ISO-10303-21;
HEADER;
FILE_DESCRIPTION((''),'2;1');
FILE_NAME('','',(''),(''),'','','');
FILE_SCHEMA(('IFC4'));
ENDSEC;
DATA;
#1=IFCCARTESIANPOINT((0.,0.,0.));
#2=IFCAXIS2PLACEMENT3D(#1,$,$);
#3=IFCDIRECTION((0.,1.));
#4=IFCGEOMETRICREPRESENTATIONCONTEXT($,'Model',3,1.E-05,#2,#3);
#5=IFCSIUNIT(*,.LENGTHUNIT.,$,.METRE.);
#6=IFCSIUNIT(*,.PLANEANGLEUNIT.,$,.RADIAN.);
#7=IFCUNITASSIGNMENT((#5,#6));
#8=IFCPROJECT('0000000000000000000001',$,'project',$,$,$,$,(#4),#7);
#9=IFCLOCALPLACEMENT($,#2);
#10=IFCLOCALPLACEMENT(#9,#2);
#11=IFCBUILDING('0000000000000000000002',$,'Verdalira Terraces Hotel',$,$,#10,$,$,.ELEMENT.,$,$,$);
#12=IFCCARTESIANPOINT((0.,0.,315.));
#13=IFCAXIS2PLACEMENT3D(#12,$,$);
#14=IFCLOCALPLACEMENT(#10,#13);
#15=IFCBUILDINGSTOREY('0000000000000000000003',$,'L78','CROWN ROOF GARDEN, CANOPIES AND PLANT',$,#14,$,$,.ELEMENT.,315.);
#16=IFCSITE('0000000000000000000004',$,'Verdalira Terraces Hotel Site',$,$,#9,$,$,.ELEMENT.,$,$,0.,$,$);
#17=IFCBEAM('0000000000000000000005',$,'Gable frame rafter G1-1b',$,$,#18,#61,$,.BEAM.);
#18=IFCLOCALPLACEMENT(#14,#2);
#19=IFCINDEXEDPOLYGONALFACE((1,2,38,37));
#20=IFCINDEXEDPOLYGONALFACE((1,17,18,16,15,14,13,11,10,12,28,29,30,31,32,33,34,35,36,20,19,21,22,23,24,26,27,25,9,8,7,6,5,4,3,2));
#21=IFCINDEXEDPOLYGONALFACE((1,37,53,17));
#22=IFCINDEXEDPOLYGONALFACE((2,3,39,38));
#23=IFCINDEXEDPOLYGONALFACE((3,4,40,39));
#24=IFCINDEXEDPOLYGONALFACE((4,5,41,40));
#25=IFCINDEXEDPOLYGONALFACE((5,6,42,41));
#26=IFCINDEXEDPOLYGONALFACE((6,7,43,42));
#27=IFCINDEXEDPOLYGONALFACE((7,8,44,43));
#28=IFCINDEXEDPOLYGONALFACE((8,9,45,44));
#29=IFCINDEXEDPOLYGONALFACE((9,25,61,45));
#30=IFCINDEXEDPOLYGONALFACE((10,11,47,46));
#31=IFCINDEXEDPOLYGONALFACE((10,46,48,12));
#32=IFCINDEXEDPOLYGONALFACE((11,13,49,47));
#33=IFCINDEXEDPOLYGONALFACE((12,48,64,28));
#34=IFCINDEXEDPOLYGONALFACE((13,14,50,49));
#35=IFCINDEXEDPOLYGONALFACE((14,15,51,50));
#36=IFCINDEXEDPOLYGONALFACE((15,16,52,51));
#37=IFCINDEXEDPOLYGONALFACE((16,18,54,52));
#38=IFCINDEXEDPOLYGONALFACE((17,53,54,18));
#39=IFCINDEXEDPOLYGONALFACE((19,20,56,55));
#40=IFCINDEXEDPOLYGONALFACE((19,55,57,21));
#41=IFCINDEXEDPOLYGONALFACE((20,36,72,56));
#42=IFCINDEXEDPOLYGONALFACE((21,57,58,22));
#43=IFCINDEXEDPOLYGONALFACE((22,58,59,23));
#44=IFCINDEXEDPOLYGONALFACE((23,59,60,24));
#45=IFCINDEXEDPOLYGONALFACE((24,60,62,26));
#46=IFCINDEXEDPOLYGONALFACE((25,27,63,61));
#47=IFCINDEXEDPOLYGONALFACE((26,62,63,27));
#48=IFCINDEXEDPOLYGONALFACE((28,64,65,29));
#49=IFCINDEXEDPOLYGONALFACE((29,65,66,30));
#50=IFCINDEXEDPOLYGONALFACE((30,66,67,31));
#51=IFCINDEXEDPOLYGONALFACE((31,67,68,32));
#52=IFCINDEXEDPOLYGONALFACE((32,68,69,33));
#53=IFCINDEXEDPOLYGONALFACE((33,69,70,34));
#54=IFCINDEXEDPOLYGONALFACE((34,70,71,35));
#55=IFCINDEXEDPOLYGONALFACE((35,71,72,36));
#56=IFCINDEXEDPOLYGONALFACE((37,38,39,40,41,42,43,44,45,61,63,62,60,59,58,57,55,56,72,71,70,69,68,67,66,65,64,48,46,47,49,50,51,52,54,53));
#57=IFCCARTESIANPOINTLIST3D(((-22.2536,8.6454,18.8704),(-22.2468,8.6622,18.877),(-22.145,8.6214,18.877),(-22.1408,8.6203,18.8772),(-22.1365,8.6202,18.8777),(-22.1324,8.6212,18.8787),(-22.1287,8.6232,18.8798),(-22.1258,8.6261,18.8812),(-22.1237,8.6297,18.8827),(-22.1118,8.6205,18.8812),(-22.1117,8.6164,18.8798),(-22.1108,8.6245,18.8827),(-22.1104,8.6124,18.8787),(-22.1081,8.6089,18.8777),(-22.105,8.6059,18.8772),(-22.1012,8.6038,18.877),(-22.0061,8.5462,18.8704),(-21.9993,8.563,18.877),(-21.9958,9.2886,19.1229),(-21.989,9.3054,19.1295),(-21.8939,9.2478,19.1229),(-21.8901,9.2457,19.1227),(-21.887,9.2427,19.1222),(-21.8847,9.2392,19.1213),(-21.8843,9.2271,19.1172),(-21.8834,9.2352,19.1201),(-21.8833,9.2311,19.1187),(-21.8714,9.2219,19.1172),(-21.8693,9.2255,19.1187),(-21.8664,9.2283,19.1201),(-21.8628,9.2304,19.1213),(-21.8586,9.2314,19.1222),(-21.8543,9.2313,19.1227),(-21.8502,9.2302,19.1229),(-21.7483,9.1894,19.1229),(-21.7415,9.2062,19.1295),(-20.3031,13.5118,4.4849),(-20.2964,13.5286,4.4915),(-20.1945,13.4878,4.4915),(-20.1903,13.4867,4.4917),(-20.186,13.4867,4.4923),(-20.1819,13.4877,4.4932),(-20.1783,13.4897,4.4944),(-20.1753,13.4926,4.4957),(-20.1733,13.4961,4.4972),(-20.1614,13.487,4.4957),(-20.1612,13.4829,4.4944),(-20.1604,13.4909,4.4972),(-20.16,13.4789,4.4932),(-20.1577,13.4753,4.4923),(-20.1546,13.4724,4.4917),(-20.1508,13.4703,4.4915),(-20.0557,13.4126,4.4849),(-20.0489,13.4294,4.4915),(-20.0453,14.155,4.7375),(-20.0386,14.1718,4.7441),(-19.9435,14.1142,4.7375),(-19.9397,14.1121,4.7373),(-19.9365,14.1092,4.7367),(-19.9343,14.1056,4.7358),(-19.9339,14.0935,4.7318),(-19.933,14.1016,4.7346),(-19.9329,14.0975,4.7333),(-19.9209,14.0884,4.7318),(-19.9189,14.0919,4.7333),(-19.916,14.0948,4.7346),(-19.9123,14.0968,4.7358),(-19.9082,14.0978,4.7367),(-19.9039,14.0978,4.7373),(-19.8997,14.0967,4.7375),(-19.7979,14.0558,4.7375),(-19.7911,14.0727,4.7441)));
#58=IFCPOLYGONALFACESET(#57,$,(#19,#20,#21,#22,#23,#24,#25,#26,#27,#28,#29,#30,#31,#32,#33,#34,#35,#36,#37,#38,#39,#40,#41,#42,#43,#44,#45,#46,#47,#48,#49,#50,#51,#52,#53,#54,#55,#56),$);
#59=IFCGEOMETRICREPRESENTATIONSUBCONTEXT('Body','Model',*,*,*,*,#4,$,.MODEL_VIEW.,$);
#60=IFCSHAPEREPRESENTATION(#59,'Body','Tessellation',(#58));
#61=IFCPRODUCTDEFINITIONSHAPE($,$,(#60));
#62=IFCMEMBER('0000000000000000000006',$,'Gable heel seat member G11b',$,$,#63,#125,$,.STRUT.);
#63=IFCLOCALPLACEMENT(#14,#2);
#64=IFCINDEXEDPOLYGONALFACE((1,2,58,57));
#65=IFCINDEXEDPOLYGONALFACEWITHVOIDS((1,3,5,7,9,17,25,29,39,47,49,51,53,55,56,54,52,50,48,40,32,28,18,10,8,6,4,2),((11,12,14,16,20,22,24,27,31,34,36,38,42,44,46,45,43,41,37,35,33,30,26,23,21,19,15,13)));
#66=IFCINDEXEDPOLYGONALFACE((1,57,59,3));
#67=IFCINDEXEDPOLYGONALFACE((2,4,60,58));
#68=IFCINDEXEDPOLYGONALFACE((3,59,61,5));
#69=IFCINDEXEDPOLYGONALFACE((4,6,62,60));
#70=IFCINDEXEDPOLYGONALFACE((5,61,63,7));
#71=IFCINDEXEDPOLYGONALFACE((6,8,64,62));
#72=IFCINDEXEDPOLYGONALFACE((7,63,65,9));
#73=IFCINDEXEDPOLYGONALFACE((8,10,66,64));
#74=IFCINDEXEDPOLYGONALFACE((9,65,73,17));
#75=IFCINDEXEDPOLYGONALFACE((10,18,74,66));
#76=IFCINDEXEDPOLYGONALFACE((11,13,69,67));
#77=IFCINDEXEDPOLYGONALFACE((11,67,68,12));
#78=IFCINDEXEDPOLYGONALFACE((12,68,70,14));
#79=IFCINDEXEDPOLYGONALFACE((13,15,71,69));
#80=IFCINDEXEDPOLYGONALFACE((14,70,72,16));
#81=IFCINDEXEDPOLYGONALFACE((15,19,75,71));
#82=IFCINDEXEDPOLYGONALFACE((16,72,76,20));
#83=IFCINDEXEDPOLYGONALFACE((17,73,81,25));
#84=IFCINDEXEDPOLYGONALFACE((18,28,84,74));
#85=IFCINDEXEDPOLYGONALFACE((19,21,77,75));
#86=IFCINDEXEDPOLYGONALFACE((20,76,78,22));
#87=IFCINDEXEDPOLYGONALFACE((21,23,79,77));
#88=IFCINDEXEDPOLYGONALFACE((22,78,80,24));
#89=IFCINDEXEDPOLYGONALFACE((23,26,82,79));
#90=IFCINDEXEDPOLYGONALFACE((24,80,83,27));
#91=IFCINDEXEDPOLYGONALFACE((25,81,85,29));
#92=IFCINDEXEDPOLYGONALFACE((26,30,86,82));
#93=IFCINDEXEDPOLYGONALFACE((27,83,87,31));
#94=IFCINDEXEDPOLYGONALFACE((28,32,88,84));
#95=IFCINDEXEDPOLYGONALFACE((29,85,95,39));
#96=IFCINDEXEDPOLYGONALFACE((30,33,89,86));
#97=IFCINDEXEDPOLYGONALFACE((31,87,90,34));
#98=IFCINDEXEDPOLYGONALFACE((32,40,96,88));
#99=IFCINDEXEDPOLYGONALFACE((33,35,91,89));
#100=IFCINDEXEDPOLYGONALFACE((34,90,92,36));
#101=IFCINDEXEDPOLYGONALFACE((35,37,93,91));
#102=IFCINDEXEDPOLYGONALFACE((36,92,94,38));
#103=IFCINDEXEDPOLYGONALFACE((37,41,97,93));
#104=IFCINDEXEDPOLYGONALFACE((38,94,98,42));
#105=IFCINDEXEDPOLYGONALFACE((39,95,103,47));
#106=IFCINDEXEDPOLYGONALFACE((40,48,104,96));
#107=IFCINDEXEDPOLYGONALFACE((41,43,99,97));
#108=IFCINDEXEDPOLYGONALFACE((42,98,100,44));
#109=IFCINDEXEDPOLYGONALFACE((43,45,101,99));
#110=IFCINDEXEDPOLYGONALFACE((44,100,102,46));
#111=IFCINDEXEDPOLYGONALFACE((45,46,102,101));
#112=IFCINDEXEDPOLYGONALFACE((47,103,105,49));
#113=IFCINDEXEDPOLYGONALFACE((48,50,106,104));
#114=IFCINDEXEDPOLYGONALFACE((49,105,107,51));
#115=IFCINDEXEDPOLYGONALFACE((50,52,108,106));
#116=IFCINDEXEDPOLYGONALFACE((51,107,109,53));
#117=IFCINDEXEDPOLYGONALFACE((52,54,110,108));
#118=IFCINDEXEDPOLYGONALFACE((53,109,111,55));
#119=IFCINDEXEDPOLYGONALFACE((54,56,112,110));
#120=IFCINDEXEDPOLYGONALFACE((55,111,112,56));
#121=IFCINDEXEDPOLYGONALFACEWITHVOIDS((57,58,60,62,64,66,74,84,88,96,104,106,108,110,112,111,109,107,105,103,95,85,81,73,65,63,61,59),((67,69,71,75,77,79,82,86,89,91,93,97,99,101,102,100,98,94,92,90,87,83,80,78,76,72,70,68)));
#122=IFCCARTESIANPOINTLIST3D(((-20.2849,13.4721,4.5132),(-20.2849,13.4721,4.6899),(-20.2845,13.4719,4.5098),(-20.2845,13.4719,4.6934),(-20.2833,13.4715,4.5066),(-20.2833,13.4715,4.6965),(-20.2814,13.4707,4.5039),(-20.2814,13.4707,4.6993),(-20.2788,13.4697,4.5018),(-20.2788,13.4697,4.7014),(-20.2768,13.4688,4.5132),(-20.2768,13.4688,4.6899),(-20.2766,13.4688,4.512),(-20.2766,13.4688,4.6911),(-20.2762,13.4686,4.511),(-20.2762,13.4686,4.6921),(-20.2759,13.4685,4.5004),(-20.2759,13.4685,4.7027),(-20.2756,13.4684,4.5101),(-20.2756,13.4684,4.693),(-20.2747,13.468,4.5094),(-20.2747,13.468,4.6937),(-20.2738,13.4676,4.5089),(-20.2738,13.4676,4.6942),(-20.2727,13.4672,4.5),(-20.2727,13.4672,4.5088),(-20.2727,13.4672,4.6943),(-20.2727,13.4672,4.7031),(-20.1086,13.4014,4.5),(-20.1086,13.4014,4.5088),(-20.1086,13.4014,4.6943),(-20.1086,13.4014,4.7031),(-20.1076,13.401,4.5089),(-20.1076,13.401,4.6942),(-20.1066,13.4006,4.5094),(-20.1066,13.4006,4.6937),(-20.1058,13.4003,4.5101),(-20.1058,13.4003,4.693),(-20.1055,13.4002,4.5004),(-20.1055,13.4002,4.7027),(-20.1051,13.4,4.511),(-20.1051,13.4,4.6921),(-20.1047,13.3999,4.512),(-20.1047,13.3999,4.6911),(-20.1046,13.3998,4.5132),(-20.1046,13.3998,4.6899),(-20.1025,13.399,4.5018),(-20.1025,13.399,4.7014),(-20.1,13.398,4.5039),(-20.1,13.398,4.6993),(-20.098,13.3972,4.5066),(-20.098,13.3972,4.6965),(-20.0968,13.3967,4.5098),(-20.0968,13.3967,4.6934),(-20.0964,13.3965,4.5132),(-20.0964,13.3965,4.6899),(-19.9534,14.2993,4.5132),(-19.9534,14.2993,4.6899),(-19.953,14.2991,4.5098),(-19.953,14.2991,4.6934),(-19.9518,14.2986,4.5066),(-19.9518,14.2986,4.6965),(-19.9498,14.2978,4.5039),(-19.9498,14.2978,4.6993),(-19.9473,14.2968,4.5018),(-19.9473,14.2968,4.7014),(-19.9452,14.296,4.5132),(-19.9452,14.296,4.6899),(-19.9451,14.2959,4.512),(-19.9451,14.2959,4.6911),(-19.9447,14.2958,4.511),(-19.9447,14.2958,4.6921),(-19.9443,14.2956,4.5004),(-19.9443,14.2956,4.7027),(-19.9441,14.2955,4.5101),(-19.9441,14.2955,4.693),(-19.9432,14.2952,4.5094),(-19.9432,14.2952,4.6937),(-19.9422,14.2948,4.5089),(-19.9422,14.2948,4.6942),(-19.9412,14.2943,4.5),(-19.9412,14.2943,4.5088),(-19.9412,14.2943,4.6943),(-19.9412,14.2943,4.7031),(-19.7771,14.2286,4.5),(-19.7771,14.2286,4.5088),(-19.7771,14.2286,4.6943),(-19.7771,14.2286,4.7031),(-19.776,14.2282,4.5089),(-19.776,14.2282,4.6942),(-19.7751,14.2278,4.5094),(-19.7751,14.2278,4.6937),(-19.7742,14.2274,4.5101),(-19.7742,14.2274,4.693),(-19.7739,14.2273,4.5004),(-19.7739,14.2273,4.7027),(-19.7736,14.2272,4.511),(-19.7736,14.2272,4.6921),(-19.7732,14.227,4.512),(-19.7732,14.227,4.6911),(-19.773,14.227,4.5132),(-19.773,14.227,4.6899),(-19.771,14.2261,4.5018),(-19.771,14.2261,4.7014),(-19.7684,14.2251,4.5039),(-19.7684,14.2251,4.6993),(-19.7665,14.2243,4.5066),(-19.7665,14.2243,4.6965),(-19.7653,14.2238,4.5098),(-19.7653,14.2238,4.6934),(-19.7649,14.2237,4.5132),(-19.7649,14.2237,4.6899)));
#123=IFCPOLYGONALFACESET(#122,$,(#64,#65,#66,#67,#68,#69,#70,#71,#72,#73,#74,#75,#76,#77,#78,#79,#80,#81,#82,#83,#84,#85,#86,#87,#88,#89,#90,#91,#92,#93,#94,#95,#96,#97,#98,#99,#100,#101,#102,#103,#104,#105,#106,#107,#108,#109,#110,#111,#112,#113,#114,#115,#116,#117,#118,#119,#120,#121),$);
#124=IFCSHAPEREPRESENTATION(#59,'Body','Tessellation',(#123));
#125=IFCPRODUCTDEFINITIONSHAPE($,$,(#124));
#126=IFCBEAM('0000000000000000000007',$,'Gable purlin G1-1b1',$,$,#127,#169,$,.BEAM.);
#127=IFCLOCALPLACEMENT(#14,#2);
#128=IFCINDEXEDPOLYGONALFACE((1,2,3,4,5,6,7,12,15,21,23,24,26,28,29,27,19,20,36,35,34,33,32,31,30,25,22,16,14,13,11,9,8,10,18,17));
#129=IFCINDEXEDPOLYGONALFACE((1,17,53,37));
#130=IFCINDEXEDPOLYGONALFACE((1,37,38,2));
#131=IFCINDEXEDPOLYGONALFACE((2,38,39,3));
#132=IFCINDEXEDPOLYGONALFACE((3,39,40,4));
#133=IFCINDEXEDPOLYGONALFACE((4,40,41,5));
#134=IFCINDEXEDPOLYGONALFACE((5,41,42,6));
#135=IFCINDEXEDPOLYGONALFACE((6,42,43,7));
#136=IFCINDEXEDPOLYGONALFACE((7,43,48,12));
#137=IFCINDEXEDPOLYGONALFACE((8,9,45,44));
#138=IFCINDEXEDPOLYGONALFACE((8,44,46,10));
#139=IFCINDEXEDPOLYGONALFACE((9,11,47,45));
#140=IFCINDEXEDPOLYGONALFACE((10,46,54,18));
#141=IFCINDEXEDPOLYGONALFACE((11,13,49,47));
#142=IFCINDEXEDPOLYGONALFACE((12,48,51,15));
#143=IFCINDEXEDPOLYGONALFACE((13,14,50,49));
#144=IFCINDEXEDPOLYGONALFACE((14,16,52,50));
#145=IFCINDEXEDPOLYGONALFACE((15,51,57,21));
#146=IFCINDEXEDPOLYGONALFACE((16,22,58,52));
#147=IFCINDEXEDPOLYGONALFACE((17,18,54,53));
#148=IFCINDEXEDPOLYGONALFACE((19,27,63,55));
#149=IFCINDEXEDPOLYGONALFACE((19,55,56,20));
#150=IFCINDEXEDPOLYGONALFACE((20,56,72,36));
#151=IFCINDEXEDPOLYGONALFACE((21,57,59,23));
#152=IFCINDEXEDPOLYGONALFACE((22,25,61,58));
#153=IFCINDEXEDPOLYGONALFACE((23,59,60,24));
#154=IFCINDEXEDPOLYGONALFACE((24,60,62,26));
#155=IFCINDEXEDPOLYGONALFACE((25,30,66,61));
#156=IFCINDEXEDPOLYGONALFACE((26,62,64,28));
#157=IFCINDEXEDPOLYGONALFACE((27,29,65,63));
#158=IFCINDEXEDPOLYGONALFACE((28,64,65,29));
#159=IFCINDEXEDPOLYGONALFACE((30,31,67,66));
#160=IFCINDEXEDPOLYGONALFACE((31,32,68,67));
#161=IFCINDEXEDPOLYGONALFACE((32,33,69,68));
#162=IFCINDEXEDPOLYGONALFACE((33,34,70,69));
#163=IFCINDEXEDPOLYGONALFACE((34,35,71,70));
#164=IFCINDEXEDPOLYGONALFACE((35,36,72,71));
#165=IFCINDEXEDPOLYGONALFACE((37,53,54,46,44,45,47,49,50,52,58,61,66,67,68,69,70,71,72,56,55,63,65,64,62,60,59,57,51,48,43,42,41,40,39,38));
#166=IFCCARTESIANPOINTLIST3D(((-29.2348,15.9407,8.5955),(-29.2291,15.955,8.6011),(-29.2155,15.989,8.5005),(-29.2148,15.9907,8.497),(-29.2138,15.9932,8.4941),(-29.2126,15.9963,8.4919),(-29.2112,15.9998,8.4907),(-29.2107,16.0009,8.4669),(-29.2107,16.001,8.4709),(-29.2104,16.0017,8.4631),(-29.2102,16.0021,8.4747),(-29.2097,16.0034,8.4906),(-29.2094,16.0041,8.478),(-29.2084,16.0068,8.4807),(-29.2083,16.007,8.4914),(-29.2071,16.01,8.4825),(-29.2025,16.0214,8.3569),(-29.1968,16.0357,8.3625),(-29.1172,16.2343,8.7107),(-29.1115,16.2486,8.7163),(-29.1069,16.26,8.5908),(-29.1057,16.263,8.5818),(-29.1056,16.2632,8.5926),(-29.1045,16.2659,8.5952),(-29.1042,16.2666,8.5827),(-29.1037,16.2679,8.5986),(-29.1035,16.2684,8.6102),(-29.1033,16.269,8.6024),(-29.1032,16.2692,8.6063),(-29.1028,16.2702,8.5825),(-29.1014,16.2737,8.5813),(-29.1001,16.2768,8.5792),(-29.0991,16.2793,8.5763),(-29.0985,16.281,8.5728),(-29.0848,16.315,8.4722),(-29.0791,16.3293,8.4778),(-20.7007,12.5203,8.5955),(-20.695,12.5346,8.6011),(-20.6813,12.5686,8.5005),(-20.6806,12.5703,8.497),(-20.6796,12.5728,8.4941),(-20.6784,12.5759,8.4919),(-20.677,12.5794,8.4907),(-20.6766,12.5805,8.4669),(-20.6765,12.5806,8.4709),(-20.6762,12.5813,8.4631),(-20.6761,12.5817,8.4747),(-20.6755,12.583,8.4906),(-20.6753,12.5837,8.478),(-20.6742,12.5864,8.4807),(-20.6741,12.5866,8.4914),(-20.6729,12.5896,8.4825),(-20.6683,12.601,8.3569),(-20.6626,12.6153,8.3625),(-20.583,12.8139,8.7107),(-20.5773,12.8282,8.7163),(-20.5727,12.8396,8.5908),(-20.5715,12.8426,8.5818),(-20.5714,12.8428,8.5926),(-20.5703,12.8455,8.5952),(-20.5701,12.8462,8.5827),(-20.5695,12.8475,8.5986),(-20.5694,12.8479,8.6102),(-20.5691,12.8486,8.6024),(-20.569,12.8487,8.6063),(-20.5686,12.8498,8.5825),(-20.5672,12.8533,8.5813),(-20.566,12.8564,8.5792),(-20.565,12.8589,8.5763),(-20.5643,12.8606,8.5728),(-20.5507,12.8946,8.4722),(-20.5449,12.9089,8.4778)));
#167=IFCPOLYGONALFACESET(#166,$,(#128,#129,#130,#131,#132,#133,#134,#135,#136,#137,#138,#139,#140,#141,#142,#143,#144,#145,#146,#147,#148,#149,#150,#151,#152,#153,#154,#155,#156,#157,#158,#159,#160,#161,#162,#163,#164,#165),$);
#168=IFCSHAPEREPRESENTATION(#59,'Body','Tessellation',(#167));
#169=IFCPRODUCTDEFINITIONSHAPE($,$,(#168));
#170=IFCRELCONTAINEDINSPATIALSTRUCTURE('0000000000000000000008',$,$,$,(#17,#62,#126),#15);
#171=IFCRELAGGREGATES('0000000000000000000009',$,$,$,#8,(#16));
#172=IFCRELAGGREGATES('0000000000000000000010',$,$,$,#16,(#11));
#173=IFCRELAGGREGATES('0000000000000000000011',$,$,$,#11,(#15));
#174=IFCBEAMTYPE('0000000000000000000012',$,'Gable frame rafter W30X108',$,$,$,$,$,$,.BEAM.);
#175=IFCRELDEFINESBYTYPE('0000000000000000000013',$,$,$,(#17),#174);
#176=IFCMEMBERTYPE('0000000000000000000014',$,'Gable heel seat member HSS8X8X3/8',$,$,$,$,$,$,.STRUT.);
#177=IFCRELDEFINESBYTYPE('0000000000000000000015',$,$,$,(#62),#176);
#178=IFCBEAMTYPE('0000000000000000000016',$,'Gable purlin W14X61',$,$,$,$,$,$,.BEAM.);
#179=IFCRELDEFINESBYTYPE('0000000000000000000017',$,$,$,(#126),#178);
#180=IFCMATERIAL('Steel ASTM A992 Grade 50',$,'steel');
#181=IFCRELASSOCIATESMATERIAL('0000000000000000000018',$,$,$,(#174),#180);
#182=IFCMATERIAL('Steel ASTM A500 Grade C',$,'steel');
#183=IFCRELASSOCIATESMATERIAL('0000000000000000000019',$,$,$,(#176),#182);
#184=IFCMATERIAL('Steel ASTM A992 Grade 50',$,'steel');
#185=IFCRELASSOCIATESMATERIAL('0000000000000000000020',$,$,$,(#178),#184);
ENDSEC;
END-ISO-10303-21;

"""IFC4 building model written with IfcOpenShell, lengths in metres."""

from ifc_helpers import new_model, si_unit, direction, frame, origin, origin_2d, place, context, subcontext, project, spatial, hollow_rectangle, i_section, extrude, material, material_profile, profile_set, type_object, element, save


model = new_model("IFC4")

# Units and contexts
model_context = context("Model", 3, precision=1e-05, world=origin(), true_north=direction((0.0, 1.0)))
body_context = subcontext(model_context, "Body", "Model", "MODEL_VIEW")
ifc_project = project(units=[si_unit("LENGTHUNIT", "METRE"), si_unit("PLANEANGLEUNIT", "RADIAN")], contexts=[model_context])

# Site, building, storey
site_placement = place(None, origin())
site = spatial("IfcSite", under=ifc_project, at=site_placement, Name="Verdalira Terraces Hotel Site", CompositionType="ELEMENT", RefElevation=0.0)
building_placement = place(site_placement, origin())
building = spatial("IfcBuilding", under=site, at=building_placement, Name="Verdalira Terraces Hotel", CompositionType="ELEMENT")
storey_placement = place(building_placement, frame((0.0, 0.0, 315.0)))
storey = spatial("IfcBuildingStorey", under=building, at=storey_placement, Name="L78", Description="CROWN ROOF GARDEN, CANOPIES AND PLANT", CompositionType="ELEMENT", Elevation=315.0)

# Beam
ifc_material_1 = material(Name="Steel ASTM A992 Grade 50", Category="steel")
ifc_material_profile_1 = material_profile(ifc_material_1, i_section(OverallWidth=0.2666, OverallDepth=0.7568, WebThickness=0.0139, FlangeThickness=0.0193, FilletRadius=0.0166, at=origin_2d()), Name="W30X108")
ifc_profile_set_1 = profile_set([ifc_material_profile_1], Name="Steel ASTM A992 Grade 50")
beam_type_1 = type_object("IfcBeamType", Name="Gable frame rafter W30X108", PredefinedType="BEAM", material=ifc_profile_set_1)
beam_1_placement = place(storey_placement, frame((-20.0471, 13.7922, 4.6145), z_axis=(-0.127387, -0.317839, 0.939548), x_axis=(0.928223, -0.372025, 0.0)))
element("IfcBeam", 1, at=beam_1_placement, inside=storey, type_object=beam_type_1, Name="Gable frame rafter G1-1b", PredefinedType="BEAM", context=body_context, shape_type="SweptSolid", body=[
    extrude(i_section(OverallWidth=0.2666, OverallDepth=0.7568, WebThickness=0.0139, FlangeThickness=0.0193, FilletRadius=0.0166, at=origin_2d()), origin(), (0.0, 0.0, 1.0), 15.311),
])

# Member
ifc_material_2 = material(Name="Steel ASTM A500 Grade C", Category="steel")
ifc_material_profile_2 = material_profile(ifc_material_2, hollow_rectangle(XDim=0.2031, YDim=0.2031, WallThickness=0.0088, InnerFilletRadius=0.0044, OuterFilletRadius=0.0132, at=origin_2d()), Name="HSS8X8X3/8")
ifc_profile_set_2 = profile_set([ifc_material_profile_2], Name="Steel ASTM A500 Grade C")
member_type_1 = type_object("IfcMemberType", Name="Gable heel seat member HSS8X8X3/8", PredefinedType="STRUT", material=ifc_profile_set_2)
member_1_placement = place(storey_placement, frame((-20.1907, 13.4343, 4.6016), z_axis=(0.372052, 0.928212, 0.0), x_axis=(-0.928212, 0.372052, 0.0)))
element("IfcMember", 2, at=member_1_placement, inside=storey, type_object=member_type_1, Name="Gable heel seat member G11b", PredefinedType="STRUT", context=body_context, shape_type="SweptSolid", body=[
    extrude(hollow_rectangle(XDim=0.2031, YDim=0.2031, WallThickness=0.0088, InnerFilletRadius=0.0044, OuterFilletRadius=0.0132, at=origin_2d()), origin(), (0.0, 0.0, 1.0), 0.8911),
])

# Beam
ifc_material_3 = material(Name="Steel ASTM A992 Grade 50", Category="steel")
ifc_material_profile_3 = material_profile(ifc_material_3, i_section(OverallWidth=0.2539, OverallDepth=0.353, WebThickness=0.0095, FlangeThickness=0.0164, FilletRadius=0.0151, at=origin_2d()), Name="W14X61")
ifc_profile_set_3 = profile_set([ifc_material_profile_3], Name="Steel ASTM A992 Grade 50")
beam_type_2 = type_object("IfcBeamType", Name="Gable purlin W14X61", PredefinedType="BEAM", material=ifc_profile_set_3)
beam_2_placement = place(storey_placement, frame((-20.6228, 12.7146, 8.5366), z_axis=(-0.928224, 0.372022, 0.0), x_axis=(-0.127389, -0.317844, 0.939546)))
element("IfcBeam", 3, at=beam_2_placement, inside=storey, type_object=beam_type_2, Name="Gable purlin G1-1b1", PredefinedType="BEAM", context=body_context, shape_type="SweptSolid", body=[
    extrude(i_section(OverallWidth=0.2539, OverallDepth=0.353, WebThickness=0.0095, FlangeThickness=0.0164, FilletRadius=0.0151, at=origin_2d()), origin(), (0.0, 0.0, 1.0), 9.1941),
])

save(model, "model.ifc")
